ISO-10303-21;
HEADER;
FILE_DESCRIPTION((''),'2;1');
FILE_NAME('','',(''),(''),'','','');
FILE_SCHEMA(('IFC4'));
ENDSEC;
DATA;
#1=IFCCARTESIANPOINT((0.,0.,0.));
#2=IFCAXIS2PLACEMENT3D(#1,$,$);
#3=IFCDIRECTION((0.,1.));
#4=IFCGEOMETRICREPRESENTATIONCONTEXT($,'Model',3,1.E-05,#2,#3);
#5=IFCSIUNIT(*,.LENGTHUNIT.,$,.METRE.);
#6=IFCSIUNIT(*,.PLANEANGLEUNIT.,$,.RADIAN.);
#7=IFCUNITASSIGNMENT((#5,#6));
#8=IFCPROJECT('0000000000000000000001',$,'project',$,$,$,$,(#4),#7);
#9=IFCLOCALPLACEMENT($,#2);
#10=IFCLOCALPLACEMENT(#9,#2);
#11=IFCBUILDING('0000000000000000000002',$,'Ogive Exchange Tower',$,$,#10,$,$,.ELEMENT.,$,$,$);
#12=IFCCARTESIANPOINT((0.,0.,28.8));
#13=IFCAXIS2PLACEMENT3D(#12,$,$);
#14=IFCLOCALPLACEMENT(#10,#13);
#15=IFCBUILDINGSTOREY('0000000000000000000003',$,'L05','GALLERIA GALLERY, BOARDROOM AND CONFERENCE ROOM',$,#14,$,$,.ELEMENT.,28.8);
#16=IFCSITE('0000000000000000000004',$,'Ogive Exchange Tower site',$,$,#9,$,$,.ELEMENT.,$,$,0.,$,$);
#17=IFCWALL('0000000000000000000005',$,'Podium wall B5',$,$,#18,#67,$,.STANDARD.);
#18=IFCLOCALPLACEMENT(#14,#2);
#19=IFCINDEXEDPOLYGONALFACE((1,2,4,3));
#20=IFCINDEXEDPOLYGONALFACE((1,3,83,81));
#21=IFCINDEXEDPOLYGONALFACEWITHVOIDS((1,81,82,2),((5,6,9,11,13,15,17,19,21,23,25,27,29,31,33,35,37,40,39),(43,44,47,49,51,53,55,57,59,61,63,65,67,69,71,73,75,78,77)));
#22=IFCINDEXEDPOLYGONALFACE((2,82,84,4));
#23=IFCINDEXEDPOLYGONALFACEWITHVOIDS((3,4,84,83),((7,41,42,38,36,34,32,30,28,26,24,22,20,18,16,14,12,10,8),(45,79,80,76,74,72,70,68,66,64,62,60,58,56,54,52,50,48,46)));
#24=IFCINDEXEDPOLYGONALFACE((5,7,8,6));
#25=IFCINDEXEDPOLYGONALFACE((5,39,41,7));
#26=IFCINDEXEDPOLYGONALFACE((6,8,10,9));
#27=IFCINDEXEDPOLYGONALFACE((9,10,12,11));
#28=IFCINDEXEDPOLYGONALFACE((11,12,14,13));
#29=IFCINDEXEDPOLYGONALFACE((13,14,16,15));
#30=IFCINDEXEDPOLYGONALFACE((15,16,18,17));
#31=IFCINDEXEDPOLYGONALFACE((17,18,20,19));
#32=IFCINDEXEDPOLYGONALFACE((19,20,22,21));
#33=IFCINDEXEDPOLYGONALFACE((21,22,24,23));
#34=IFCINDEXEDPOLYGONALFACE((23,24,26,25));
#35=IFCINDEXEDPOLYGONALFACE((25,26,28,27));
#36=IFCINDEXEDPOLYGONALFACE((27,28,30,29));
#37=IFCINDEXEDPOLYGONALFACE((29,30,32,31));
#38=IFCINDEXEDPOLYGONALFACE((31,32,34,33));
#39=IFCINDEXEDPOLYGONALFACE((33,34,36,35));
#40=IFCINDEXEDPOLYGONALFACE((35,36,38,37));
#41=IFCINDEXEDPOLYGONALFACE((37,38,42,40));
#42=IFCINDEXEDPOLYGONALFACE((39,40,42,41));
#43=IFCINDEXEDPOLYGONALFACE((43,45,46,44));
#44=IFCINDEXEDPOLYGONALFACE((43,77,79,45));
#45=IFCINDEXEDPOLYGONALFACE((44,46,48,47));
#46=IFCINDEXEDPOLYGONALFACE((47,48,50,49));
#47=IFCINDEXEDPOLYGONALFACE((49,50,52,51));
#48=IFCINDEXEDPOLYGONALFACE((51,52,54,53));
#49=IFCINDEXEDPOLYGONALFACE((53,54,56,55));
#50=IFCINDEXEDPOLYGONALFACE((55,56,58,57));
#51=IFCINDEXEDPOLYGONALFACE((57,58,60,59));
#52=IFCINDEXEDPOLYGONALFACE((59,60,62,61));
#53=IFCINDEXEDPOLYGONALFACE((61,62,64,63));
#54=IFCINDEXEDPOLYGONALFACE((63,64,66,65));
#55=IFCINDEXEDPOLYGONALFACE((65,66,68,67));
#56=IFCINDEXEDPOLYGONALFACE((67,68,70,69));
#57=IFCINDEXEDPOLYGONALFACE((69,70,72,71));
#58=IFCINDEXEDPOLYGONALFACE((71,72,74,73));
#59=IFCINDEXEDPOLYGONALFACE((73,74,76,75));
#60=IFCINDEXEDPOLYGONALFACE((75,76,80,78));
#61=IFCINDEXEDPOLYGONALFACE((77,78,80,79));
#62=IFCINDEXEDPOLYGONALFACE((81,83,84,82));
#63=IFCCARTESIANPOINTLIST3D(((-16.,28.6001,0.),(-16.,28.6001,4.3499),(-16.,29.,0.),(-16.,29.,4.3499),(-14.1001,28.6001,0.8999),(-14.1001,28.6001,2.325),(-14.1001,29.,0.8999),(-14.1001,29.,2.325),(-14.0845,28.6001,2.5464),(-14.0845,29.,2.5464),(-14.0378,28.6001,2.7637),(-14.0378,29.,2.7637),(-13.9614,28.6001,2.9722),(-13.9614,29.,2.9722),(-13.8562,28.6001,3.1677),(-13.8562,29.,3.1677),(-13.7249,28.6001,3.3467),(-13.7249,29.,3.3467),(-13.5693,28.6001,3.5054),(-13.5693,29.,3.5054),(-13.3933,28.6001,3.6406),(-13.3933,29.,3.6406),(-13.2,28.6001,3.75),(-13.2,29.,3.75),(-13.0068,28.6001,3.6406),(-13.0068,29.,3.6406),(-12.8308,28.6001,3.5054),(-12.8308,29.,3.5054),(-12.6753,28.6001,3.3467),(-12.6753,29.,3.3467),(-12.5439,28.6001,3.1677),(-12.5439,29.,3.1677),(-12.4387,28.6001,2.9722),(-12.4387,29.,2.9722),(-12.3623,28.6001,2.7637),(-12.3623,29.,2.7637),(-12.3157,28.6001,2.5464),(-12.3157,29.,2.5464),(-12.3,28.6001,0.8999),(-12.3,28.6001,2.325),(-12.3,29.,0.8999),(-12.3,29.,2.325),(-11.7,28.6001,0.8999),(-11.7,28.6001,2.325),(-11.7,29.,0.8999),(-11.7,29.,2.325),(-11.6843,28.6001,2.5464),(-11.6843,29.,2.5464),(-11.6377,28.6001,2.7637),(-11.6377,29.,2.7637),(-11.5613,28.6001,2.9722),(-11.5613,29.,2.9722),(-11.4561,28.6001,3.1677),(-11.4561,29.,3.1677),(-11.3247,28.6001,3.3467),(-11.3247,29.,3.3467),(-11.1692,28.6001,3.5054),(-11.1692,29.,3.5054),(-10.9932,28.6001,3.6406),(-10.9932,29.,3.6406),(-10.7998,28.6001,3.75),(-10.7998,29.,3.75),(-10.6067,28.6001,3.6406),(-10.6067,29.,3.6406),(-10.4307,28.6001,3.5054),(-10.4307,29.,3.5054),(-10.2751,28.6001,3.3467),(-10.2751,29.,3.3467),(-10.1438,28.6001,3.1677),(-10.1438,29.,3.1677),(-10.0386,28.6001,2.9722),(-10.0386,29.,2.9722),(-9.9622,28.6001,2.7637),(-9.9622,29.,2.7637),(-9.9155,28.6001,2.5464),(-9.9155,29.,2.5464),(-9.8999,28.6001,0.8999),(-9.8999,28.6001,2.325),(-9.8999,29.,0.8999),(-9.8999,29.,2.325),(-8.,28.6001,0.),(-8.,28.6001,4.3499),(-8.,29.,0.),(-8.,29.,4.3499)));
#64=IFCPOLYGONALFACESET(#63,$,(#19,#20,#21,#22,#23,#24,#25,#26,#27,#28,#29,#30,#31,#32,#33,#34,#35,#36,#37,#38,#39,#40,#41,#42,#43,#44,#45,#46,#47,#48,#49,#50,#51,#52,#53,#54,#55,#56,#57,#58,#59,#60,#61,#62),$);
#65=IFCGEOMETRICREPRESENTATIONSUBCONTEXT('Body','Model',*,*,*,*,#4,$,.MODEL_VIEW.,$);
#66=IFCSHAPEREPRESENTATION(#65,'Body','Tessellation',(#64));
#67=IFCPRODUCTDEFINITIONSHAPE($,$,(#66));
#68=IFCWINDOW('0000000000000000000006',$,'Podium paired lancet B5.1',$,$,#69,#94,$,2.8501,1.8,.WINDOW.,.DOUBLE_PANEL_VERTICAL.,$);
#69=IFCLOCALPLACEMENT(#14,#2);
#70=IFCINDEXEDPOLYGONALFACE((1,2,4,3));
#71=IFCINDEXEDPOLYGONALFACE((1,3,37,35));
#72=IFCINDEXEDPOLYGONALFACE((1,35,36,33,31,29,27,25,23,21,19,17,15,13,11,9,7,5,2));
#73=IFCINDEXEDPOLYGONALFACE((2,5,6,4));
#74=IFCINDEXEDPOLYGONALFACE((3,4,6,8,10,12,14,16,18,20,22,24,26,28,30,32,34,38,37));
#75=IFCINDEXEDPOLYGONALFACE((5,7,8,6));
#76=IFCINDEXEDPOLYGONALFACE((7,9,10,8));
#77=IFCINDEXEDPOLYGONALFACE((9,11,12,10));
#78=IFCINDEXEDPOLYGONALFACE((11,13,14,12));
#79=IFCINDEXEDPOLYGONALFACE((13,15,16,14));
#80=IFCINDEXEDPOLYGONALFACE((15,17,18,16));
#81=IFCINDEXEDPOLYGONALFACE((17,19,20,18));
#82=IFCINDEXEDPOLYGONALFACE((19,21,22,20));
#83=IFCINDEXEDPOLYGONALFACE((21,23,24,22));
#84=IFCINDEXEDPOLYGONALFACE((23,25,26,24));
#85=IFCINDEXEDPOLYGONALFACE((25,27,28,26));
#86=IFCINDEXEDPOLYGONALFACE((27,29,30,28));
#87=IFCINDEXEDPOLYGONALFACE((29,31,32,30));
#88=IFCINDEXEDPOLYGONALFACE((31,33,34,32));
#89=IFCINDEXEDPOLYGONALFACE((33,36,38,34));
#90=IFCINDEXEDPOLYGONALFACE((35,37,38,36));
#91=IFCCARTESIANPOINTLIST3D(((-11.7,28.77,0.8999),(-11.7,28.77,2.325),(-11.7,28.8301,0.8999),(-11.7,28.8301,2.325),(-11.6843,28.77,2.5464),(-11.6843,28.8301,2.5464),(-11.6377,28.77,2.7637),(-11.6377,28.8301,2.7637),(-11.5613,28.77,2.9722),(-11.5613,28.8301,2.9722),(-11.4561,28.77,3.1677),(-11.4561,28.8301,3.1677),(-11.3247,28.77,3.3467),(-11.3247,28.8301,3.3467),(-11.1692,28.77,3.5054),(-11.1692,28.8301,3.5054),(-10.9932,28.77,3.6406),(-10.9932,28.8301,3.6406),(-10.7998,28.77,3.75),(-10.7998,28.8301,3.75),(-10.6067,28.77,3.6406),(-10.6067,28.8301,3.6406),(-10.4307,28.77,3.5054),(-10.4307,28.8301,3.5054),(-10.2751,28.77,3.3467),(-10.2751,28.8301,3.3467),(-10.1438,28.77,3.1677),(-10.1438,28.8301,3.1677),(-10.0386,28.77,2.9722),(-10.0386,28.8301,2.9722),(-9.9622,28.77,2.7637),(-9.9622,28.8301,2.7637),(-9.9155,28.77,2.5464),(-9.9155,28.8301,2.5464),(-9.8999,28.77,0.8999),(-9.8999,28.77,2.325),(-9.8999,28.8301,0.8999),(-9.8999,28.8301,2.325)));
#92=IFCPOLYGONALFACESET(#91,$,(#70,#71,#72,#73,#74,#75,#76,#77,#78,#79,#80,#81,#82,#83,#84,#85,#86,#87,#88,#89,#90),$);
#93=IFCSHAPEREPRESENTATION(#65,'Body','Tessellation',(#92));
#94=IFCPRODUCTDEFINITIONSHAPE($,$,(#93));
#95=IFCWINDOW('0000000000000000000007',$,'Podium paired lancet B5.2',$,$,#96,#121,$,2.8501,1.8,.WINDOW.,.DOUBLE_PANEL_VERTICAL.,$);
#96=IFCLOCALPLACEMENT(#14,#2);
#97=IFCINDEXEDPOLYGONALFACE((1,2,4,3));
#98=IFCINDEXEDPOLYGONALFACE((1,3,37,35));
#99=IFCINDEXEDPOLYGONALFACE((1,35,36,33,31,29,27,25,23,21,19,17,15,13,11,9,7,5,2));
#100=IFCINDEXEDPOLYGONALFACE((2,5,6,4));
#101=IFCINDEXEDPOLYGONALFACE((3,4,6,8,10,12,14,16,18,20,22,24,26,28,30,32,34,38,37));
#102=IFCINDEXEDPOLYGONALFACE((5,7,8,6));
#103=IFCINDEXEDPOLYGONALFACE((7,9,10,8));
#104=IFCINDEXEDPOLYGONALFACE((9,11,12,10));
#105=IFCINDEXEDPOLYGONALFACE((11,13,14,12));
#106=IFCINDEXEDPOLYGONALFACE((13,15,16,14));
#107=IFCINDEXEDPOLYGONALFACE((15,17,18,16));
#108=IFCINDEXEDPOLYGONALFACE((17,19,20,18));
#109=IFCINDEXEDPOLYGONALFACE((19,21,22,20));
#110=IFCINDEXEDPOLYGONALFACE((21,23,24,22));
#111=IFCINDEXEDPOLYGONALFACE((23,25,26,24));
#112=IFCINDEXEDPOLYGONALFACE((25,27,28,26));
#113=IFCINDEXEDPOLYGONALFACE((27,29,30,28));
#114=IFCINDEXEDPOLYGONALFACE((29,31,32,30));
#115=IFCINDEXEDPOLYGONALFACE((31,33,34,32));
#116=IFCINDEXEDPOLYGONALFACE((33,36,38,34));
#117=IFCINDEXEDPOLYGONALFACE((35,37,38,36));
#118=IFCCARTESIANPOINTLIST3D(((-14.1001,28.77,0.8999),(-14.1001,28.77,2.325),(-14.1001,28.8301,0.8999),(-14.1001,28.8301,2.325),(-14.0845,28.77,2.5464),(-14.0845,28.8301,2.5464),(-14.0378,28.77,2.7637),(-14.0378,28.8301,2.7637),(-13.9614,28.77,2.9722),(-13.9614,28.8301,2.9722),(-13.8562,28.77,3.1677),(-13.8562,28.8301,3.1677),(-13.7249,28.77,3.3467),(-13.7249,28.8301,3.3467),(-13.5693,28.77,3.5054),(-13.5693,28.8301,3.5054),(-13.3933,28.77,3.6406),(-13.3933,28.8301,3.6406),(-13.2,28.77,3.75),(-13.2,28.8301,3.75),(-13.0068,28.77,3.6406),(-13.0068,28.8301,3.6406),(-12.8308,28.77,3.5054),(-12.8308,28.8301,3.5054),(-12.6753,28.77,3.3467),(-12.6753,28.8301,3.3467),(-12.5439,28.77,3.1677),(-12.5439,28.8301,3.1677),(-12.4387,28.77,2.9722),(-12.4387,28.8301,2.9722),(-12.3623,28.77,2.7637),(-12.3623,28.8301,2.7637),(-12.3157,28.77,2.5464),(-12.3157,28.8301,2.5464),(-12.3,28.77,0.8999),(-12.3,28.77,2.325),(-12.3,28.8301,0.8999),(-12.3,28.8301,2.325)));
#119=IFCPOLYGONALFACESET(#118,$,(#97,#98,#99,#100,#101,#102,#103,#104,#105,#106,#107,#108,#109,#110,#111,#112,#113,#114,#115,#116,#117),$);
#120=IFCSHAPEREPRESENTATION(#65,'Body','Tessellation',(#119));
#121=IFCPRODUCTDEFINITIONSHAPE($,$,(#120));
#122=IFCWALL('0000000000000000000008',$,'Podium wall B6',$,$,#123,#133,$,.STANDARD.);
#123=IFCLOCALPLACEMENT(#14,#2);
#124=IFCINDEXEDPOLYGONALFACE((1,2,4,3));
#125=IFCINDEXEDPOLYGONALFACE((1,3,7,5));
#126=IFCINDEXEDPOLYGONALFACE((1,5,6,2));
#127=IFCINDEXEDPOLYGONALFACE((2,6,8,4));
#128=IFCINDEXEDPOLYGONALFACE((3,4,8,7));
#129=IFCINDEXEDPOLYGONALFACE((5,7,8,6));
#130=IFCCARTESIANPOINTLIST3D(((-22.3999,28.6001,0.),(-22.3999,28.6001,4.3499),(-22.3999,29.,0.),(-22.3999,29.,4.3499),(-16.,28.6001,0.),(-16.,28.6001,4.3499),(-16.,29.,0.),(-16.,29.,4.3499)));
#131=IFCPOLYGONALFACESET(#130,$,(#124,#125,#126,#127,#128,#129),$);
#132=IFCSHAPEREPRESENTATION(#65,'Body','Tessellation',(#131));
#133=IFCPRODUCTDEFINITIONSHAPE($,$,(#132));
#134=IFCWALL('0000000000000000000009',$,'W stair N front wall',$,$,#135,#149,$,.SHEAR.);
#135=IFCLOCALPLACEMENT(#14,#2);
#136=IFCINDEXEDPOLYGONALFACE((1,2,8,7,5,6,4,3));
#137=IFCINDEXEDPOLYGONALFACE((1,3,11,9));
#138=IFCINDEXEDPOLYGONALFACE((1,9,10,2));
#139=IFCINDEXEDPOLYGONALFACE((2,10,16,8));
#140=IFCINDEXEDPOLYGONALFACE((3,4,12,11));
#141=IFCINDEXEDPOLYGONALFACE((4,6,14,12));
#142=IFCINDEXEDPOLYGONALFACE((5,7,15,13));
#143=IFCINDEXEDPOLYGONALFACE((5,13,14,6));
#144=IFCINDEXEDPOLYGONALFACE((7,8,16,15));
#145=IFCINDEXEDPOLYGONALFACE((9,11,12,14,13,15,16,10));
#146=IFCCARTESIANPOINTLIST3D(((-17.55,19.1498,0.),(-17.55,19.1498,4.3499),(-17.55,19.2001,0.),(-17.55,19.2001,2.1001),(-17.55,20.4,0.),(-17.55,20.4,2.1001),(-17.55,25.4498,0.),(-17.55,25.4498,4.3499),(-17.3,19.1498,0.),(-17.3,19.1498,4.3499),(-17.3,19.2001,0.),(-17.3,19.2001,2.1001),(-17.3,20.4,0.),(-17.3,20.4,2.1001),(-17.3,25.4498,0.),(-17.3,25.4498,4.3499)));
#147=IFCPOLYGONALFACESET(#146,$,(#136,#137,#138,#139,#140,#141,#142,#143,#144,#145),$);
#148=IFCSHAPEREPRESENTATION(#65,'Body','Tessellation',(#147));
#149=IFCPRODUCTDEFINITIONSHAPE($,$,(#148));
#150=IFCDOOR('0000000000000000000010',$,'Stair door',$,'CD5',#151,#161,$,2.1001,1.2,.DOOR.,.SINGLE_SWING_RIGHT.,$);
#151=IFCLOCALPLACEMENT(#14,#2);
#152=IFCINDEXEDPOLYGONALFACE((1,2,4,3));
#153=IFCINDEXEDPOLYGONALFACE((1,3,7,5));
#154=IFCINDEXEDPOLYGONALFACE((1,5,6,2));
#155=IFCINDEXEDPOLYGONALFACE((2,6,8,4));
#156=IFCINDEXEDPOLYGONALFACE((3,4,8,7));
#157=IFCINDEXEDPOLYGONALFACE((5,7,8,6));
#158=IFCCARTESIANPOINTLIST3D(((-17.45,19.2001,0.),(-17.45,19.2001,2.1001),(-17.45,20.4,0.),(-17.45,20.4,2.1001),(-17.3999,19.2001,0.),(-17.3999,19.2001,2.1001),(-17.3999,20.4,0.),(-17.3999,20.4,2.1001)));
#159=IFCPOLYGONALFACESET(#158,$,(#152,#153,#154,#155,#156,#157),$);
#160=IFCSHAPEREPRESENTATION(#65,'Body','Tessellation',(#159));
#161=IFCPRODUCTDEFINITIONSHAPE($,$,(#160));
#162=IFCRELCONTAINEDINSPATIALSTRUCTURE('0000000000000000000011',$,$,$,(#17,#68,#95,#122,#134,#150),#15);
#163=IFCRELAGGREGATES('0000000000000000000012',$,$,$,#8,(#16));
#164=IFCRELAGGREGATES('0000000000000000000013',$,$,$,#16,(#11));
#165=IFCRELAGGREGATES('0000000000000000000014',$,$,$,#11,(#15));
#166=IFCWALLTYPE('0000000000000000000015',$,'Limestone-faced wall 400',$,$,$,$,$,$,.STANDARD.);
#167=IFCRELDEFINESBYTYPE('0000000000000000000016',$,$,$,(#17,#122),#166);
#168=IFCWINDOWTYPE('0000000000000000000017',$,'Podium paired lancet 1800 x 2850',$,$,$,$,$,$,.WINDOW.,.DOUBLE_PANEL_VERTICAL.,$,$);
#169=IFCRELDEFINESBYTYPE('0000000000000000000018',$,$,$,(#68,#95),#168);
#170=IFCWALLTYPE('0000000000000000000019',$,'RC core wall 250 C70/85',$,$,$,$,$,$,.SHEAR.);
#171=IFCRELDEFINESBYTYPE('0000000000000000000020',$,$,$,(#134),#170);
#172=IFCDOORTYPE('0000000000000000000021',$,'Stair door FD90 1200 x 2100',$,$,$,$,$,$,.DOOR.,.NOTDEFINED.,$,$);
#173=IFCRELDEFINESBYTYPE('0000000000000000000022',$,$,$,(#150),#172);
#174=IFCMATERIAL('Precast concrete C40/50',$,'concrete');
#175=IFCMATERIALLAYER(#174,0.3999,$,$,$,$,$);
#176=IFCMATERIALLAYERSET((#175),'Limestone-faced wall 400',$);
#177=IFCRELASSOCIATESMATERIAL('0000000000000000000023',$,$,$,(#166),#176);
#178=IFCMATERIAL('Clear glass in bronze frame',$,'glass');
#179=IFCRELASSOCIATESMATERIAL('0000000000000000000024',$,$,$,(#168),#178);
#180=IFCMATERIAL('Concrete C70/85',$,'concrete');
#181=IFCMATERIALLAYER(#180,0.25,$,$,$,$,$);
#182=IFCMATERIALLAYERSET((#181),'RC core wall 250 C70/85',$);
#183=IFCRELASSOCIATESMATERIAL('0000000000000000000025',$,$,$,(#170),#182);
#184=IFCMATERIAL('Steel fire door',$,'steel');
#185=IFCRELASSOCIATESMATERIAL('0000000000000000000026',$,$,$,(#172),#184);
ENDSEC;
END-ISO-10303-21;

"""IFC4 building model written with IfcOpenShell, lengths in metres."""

from ifc_helpers import new_model, si_unit, direction, frame, frame_2d, origin, place, context, subcontext, project, spatial, polyline, rectangle, outline, extrude, material, layer, layer_set, type_object, element, fill, save


model = new_model("IFC4")

# Units and contexts
model_context = context("Model", 3, precision=1e-05, world=origin(), true_north=direction((0.0, 1.0)))
body_context = subcontext(model_context, "Body", "Model", "MODEL_VIEW")
ifc_project = project(units=[si_unit("LENGTHUNIT", "METRE"), si_unit("PLANEANGLEUNIT", "RADIAN")], contexts=[model_context])

# Site, building, storey
site_placement = place(None, origin())
site = spatial("IfcSite", under=ifc_project, at=site_placement, Name="Ogive Exchange Tower site", CompositionType="ELEMENT", RefElevation=0.0)
building_placement = place(site_placement, origin())
building = spatial("IfcBuilding", under=site, at=building_placement, Name="Ogive Exchange Tower", CompositionType="ELEMENT")
storey_placement = place(building_placement, frame((0.0, 0.0, 28.8)))
storey = spatial("IfcBuildingStorey", under=building, at=storey_placement, Name="L05", Description="GALLERIA GALLERY, BOARDROOM AND CONFERENCE ROOM", CompositionType="ELEMENT", Elevation=28.8)

# Shared definitions
ifc_material_1 = material(Name="Concrete C70/85", Category="concrete")

# Wall, openings, windows
ifc_material_2 = material(Name="Precast concrete C40/50", Category="concrete")
ifc_layer_1 = layer(ifc_material_2, 0.3999)
ifc_layer_set_1 = layer_set([ifc_layer_1], Name="Limestone-faced wall 400")
wall_type_1 = type_object("IfcWallType", Name="Limestone-faced wall 400", PredefinedType="STANDARD", material=ifc_layer_set_1)
wall_1_placement = place(storey_placement, frame((-8.0, 28.8, 0.0), z_axis=(0.0, 0.0, 1.0), x_axis=(-1.0, 0.0, 0.0)))
wall_1 = element("IfcWall", 1, at=wall_1_placement, inside=storey, type_object=wall_type_1, Name="Podium wall B5", PredefinedType="STANDARD", context=body_context, shape_type="SweptSolid", body=[
    extrude(rectangle(XDim=8.0, YDim=0.3999, at=frame_2d((4.0, 0.0))), origin(), (0.0, 0.0, 1.0), 4.3499),
])
opening_1_placement = place(wall_1_placement, frame((1.8999, 0.0, 0.8999)))
opening_1 = element("IfcOpeningElement", 2, at=opening_1_placement, cuts=wall_1, PredefinedType="OPENING", context=body_context, shape_type="SweptSolid", body=[
    extrude(outline(polyline([(0.0, 0.0), (1.8, 0.0), (1.8, 1.425), (1.7844, 1.6465), (1.7378, 1.8638), (1.6614, 2.0723), (1.5562, 2.2678), (1.4248, 2.4468), (1.2693, 2.6055), (1.0933, 2.7407), (0.8999, 2.8501), (0.7068, 2.7407), (0.5308, 2.6055), (0.3752, 2.4468), (0.2439, 2.2678), (0.1387, 2.0723), (0.0623, 1.8638), (0.0156, 1.6465), (0.0, 1.425), (0.0, 0.0)])), frame((0.0, 0.21, 0.0), z_axis=(0.0, -1.0, 0.0), x_axis=(1.0, 0.0, 0.0)), (0.0, 0.0, 1.0), 0.4199),
])
opening_2_placement = place(wall_1_placement, frame((4.3, 0.0, 0.8999)))
opening_2 = element("IfcOpeningElement", 3, at=opening_2_placement, cuts=wall_1, PredefinedType="OPENING", context=body_context, shape_type="SweptSolid", body=[
    extrude(outline(polyline([(0.0, 0.0), (1.8, 0.0), (1.8, 1.425), (1.7844, 1.6465), (1.7378, 1.8638), (1.6614, 2.0723), (1.5562, 2.2678), (1.4248, 2.4468), (1.2693, 2.6055), (1.0933, 2.7407), (0.8999, 2.8501), (0.7068, 2.7407), (0.5308, 2.6055), (0.3752, 2.4468), (0.2439, 2.2678), (0.1387, 2.0723), (0.0623, 1.8638), (0.0156, 1.6465), (0.0, 1.425), (0.0, 0.0)])), frame((0.0, 0.21, 0.0), z_axis=(0.0, -1.0, 0.0), x_axis=(1.0, 0.0, 0.0)), (0.0, 0.0, 1.0), 0.4199),
])
ifc_material_3 = material(Name="Clear glass in bronze frame", Category="glass")
window_type = type_object("IfcWindowType", Name="Podium paired lancet 1800 x 2850", PartitioningType="DOUBLE_PANEL_VERTICAL", PredefinedType="WINDOW", material=ifc_material_3)
window_1_placement = place(opening_1_placement, origin())
window_1 = element("IfcWindow", 4, at=window_1_placement, inside=storey, type_object=window_type, Name="Podium paired lancet B5.1", OverallHeight=2.8501, OverallWidth=1.8, PartitioningType="DOUBLE_PANEL_VERTICAL", PredefinedType="WINDOW", context=body_context, shape_type="SweptSolid", body=[
    extrude(outline(polyline([(0.0, 0.0), (1.8, 0.0), (1.8, 1.425), (1.7844, 1.6465), (1.7378, 1.8638), (1.6614, 2.0723), (1.5562, 2.2678), (1.4248, 2.4468), (1.2693, 2.6055), (1.0933, 2.7407), (0.8999, 2.8501), (0.7068, 2.7407), (0.5308, 2.6055), (0.3752, 2.4468), (0.2439, 2.2678), (0.1387, 2.0723), (0.0623, 1.8638), (0.0156, 1.6465), (0.0, 1.425), (0.0, 0.0)])), frame((0.0, 0.03, 0.0), z_axis=(0.0, -1.0, 0.0), x_axis=(1.0, 0.0, 0.0)), (0.0, 0.0, 1.0), 0.0601),
])
fill(opening_1, window_1)
window_2_placement = place(opening_2_placement, origin())
window_2 = element("IfcWindow", 5, at=window_2_placement, inside=storey, type_object=window_type, Name="Podium paired lancet B5.2", OverallHeight=2.8501, OverallWidth=1.8, PartitioningType="DOUBLE_PANEL_VERTICAL", PredefinedType="WINDOW", context=body_context, shape_type="SweptSolid", body=[
    extrude(outline(polyline([(0.0, 0.0), (1.8, 0.0), (1.8, 1.425), (1.7844, 1.6465), (1.7378, 1.8638), (1.6614, 2.0723), (1.5562, 2.2678), (1.4248, 2.4468), (1.2693, 2.6055), (1.0933, 2.7407), (0.8999, 2.8501), (0.7068, 2.7407), (0.5308, 2.6055), (0.3752, 2.4468), (0.2439, 2.2678), (0.1387, 2.0723), (0.0623, 1.8638), (0.0156, 1.6465), (0.0, 1.425), (0.0, 0.0)])), frame((0.0, 0.03, 0.0), z_axis=(0.0, -1.0, 0.0), x_axis=(1.0, 0.0, 0.0)), (0.0, 0.0, 1.0), 0.0601),
])
fill(opening_2, window_2)

# Wall
wall_2_placement = place(storey_placement, frame((-16.0, 28.8, 0.0), z_axis=(0.0, 0.0, 1.0), x_axis=(-1.0, 0.0, 0.0)))
element("IfcWall", 6, at=wall_2_placement, inside=storey, type_object=wall_type_1, Name="Podium wall B6", PredefinedType="STANDARD", context=body_context, shape_type="SweptSolid", body=[
    extrude(rectangle(XDim=6.3999, YDim=0.3999, at=frame_2d((3.2, 0.0))), origin(), (0.0, 0.0, 1.0), 4.3499),
])

# Wall, opening, door
ifc_layer_2 = layer(ifc_material_1, 0.25)
ifc_layer_set_2 = layer_set([ifc_layer_2], Name="RC core wall 250 C70/85")
wall_type_2 = type_object("IfcWallType", Name="RC core wall 250 C70/85", PredefinedType="SHEAR", material=ifc_layer_set_2)
wall_3_placement = place(storey_placement, frame((-17.425, 19.1499, 0.0), z_axis=(0.0, 0.0, 1.0), x_axis=(0.0, 1.0, 0.0)))
wall_3 = element("IfcWall", 7, at=wall_3_placement, inside=storey, type_object=wall_type_2, Name="W stair N front wall", PredefinedType="SHEAR", context=body_context, shape_type="SweptSolid", body=[
    extrude(rectangle(XDim=6.3, YDim=0.25, at=frame_2d((3.1499, 0.0))), origin(), (0.0, 0.0, 1.0), 4.3499),
])
opening_3_placement = place(wall_3_placement, frame((0.05, 0.0, 0.0)))
opening_3 = element("IfcOpeningElement", 8, at=opening_3_placement, cuts=wall_3, PredefinedType="OPENING", context=body_context, shape_type="SweptSolid", body=[
    extrude(rectangle(XDim=1.2, YDim=2.1001, at=frame_2d((0.6001, 1.05))), frame((0.0, 0.135, 0.0), z_axis=(0.0, -1.0, 0.0), x_axis=(1.0, 0.0, 0.0)), (0.0, 0.0, 1.0), 0.27),
])
ifc_material_4 = material(Name="Steel fire door", Category="steel")
door_type_1 = type_object("IfcDoorType", Name="Stair door FD90 1200 x 2100", OperationType="NOTDEFINED", PredefinedType="DOOR", material=ifc_material_4)
door_1_placement = place(opening_3_placement, origin())
door_1 = element("IfcDoor", 9, at=door_1_placement, inside=storey, type_object=door_type_1, Name="Stair door", ObjectType="CD5", OperationType="SINGLE_SWING_RIGHT", OverallHeight=2.1001, OverallWidth=1.2, PredefinedType="DOOR", context=body_context, shape_type="SweptSolid", body=[
    extrude(rectangle(XDim=1.2, YDim=2.1001, at=frame_2d((0.6001, 1.05))), frame((0.0, 0.0249, 0.0), z_axis=(0.0, -1.0, 0.0), x_axis=(1.0, 0.0, 0.0)), (0.0, 0.0, 1.0), 0.05),
])
fill(opening_3, door_1)

save(model, "model.ifc")
